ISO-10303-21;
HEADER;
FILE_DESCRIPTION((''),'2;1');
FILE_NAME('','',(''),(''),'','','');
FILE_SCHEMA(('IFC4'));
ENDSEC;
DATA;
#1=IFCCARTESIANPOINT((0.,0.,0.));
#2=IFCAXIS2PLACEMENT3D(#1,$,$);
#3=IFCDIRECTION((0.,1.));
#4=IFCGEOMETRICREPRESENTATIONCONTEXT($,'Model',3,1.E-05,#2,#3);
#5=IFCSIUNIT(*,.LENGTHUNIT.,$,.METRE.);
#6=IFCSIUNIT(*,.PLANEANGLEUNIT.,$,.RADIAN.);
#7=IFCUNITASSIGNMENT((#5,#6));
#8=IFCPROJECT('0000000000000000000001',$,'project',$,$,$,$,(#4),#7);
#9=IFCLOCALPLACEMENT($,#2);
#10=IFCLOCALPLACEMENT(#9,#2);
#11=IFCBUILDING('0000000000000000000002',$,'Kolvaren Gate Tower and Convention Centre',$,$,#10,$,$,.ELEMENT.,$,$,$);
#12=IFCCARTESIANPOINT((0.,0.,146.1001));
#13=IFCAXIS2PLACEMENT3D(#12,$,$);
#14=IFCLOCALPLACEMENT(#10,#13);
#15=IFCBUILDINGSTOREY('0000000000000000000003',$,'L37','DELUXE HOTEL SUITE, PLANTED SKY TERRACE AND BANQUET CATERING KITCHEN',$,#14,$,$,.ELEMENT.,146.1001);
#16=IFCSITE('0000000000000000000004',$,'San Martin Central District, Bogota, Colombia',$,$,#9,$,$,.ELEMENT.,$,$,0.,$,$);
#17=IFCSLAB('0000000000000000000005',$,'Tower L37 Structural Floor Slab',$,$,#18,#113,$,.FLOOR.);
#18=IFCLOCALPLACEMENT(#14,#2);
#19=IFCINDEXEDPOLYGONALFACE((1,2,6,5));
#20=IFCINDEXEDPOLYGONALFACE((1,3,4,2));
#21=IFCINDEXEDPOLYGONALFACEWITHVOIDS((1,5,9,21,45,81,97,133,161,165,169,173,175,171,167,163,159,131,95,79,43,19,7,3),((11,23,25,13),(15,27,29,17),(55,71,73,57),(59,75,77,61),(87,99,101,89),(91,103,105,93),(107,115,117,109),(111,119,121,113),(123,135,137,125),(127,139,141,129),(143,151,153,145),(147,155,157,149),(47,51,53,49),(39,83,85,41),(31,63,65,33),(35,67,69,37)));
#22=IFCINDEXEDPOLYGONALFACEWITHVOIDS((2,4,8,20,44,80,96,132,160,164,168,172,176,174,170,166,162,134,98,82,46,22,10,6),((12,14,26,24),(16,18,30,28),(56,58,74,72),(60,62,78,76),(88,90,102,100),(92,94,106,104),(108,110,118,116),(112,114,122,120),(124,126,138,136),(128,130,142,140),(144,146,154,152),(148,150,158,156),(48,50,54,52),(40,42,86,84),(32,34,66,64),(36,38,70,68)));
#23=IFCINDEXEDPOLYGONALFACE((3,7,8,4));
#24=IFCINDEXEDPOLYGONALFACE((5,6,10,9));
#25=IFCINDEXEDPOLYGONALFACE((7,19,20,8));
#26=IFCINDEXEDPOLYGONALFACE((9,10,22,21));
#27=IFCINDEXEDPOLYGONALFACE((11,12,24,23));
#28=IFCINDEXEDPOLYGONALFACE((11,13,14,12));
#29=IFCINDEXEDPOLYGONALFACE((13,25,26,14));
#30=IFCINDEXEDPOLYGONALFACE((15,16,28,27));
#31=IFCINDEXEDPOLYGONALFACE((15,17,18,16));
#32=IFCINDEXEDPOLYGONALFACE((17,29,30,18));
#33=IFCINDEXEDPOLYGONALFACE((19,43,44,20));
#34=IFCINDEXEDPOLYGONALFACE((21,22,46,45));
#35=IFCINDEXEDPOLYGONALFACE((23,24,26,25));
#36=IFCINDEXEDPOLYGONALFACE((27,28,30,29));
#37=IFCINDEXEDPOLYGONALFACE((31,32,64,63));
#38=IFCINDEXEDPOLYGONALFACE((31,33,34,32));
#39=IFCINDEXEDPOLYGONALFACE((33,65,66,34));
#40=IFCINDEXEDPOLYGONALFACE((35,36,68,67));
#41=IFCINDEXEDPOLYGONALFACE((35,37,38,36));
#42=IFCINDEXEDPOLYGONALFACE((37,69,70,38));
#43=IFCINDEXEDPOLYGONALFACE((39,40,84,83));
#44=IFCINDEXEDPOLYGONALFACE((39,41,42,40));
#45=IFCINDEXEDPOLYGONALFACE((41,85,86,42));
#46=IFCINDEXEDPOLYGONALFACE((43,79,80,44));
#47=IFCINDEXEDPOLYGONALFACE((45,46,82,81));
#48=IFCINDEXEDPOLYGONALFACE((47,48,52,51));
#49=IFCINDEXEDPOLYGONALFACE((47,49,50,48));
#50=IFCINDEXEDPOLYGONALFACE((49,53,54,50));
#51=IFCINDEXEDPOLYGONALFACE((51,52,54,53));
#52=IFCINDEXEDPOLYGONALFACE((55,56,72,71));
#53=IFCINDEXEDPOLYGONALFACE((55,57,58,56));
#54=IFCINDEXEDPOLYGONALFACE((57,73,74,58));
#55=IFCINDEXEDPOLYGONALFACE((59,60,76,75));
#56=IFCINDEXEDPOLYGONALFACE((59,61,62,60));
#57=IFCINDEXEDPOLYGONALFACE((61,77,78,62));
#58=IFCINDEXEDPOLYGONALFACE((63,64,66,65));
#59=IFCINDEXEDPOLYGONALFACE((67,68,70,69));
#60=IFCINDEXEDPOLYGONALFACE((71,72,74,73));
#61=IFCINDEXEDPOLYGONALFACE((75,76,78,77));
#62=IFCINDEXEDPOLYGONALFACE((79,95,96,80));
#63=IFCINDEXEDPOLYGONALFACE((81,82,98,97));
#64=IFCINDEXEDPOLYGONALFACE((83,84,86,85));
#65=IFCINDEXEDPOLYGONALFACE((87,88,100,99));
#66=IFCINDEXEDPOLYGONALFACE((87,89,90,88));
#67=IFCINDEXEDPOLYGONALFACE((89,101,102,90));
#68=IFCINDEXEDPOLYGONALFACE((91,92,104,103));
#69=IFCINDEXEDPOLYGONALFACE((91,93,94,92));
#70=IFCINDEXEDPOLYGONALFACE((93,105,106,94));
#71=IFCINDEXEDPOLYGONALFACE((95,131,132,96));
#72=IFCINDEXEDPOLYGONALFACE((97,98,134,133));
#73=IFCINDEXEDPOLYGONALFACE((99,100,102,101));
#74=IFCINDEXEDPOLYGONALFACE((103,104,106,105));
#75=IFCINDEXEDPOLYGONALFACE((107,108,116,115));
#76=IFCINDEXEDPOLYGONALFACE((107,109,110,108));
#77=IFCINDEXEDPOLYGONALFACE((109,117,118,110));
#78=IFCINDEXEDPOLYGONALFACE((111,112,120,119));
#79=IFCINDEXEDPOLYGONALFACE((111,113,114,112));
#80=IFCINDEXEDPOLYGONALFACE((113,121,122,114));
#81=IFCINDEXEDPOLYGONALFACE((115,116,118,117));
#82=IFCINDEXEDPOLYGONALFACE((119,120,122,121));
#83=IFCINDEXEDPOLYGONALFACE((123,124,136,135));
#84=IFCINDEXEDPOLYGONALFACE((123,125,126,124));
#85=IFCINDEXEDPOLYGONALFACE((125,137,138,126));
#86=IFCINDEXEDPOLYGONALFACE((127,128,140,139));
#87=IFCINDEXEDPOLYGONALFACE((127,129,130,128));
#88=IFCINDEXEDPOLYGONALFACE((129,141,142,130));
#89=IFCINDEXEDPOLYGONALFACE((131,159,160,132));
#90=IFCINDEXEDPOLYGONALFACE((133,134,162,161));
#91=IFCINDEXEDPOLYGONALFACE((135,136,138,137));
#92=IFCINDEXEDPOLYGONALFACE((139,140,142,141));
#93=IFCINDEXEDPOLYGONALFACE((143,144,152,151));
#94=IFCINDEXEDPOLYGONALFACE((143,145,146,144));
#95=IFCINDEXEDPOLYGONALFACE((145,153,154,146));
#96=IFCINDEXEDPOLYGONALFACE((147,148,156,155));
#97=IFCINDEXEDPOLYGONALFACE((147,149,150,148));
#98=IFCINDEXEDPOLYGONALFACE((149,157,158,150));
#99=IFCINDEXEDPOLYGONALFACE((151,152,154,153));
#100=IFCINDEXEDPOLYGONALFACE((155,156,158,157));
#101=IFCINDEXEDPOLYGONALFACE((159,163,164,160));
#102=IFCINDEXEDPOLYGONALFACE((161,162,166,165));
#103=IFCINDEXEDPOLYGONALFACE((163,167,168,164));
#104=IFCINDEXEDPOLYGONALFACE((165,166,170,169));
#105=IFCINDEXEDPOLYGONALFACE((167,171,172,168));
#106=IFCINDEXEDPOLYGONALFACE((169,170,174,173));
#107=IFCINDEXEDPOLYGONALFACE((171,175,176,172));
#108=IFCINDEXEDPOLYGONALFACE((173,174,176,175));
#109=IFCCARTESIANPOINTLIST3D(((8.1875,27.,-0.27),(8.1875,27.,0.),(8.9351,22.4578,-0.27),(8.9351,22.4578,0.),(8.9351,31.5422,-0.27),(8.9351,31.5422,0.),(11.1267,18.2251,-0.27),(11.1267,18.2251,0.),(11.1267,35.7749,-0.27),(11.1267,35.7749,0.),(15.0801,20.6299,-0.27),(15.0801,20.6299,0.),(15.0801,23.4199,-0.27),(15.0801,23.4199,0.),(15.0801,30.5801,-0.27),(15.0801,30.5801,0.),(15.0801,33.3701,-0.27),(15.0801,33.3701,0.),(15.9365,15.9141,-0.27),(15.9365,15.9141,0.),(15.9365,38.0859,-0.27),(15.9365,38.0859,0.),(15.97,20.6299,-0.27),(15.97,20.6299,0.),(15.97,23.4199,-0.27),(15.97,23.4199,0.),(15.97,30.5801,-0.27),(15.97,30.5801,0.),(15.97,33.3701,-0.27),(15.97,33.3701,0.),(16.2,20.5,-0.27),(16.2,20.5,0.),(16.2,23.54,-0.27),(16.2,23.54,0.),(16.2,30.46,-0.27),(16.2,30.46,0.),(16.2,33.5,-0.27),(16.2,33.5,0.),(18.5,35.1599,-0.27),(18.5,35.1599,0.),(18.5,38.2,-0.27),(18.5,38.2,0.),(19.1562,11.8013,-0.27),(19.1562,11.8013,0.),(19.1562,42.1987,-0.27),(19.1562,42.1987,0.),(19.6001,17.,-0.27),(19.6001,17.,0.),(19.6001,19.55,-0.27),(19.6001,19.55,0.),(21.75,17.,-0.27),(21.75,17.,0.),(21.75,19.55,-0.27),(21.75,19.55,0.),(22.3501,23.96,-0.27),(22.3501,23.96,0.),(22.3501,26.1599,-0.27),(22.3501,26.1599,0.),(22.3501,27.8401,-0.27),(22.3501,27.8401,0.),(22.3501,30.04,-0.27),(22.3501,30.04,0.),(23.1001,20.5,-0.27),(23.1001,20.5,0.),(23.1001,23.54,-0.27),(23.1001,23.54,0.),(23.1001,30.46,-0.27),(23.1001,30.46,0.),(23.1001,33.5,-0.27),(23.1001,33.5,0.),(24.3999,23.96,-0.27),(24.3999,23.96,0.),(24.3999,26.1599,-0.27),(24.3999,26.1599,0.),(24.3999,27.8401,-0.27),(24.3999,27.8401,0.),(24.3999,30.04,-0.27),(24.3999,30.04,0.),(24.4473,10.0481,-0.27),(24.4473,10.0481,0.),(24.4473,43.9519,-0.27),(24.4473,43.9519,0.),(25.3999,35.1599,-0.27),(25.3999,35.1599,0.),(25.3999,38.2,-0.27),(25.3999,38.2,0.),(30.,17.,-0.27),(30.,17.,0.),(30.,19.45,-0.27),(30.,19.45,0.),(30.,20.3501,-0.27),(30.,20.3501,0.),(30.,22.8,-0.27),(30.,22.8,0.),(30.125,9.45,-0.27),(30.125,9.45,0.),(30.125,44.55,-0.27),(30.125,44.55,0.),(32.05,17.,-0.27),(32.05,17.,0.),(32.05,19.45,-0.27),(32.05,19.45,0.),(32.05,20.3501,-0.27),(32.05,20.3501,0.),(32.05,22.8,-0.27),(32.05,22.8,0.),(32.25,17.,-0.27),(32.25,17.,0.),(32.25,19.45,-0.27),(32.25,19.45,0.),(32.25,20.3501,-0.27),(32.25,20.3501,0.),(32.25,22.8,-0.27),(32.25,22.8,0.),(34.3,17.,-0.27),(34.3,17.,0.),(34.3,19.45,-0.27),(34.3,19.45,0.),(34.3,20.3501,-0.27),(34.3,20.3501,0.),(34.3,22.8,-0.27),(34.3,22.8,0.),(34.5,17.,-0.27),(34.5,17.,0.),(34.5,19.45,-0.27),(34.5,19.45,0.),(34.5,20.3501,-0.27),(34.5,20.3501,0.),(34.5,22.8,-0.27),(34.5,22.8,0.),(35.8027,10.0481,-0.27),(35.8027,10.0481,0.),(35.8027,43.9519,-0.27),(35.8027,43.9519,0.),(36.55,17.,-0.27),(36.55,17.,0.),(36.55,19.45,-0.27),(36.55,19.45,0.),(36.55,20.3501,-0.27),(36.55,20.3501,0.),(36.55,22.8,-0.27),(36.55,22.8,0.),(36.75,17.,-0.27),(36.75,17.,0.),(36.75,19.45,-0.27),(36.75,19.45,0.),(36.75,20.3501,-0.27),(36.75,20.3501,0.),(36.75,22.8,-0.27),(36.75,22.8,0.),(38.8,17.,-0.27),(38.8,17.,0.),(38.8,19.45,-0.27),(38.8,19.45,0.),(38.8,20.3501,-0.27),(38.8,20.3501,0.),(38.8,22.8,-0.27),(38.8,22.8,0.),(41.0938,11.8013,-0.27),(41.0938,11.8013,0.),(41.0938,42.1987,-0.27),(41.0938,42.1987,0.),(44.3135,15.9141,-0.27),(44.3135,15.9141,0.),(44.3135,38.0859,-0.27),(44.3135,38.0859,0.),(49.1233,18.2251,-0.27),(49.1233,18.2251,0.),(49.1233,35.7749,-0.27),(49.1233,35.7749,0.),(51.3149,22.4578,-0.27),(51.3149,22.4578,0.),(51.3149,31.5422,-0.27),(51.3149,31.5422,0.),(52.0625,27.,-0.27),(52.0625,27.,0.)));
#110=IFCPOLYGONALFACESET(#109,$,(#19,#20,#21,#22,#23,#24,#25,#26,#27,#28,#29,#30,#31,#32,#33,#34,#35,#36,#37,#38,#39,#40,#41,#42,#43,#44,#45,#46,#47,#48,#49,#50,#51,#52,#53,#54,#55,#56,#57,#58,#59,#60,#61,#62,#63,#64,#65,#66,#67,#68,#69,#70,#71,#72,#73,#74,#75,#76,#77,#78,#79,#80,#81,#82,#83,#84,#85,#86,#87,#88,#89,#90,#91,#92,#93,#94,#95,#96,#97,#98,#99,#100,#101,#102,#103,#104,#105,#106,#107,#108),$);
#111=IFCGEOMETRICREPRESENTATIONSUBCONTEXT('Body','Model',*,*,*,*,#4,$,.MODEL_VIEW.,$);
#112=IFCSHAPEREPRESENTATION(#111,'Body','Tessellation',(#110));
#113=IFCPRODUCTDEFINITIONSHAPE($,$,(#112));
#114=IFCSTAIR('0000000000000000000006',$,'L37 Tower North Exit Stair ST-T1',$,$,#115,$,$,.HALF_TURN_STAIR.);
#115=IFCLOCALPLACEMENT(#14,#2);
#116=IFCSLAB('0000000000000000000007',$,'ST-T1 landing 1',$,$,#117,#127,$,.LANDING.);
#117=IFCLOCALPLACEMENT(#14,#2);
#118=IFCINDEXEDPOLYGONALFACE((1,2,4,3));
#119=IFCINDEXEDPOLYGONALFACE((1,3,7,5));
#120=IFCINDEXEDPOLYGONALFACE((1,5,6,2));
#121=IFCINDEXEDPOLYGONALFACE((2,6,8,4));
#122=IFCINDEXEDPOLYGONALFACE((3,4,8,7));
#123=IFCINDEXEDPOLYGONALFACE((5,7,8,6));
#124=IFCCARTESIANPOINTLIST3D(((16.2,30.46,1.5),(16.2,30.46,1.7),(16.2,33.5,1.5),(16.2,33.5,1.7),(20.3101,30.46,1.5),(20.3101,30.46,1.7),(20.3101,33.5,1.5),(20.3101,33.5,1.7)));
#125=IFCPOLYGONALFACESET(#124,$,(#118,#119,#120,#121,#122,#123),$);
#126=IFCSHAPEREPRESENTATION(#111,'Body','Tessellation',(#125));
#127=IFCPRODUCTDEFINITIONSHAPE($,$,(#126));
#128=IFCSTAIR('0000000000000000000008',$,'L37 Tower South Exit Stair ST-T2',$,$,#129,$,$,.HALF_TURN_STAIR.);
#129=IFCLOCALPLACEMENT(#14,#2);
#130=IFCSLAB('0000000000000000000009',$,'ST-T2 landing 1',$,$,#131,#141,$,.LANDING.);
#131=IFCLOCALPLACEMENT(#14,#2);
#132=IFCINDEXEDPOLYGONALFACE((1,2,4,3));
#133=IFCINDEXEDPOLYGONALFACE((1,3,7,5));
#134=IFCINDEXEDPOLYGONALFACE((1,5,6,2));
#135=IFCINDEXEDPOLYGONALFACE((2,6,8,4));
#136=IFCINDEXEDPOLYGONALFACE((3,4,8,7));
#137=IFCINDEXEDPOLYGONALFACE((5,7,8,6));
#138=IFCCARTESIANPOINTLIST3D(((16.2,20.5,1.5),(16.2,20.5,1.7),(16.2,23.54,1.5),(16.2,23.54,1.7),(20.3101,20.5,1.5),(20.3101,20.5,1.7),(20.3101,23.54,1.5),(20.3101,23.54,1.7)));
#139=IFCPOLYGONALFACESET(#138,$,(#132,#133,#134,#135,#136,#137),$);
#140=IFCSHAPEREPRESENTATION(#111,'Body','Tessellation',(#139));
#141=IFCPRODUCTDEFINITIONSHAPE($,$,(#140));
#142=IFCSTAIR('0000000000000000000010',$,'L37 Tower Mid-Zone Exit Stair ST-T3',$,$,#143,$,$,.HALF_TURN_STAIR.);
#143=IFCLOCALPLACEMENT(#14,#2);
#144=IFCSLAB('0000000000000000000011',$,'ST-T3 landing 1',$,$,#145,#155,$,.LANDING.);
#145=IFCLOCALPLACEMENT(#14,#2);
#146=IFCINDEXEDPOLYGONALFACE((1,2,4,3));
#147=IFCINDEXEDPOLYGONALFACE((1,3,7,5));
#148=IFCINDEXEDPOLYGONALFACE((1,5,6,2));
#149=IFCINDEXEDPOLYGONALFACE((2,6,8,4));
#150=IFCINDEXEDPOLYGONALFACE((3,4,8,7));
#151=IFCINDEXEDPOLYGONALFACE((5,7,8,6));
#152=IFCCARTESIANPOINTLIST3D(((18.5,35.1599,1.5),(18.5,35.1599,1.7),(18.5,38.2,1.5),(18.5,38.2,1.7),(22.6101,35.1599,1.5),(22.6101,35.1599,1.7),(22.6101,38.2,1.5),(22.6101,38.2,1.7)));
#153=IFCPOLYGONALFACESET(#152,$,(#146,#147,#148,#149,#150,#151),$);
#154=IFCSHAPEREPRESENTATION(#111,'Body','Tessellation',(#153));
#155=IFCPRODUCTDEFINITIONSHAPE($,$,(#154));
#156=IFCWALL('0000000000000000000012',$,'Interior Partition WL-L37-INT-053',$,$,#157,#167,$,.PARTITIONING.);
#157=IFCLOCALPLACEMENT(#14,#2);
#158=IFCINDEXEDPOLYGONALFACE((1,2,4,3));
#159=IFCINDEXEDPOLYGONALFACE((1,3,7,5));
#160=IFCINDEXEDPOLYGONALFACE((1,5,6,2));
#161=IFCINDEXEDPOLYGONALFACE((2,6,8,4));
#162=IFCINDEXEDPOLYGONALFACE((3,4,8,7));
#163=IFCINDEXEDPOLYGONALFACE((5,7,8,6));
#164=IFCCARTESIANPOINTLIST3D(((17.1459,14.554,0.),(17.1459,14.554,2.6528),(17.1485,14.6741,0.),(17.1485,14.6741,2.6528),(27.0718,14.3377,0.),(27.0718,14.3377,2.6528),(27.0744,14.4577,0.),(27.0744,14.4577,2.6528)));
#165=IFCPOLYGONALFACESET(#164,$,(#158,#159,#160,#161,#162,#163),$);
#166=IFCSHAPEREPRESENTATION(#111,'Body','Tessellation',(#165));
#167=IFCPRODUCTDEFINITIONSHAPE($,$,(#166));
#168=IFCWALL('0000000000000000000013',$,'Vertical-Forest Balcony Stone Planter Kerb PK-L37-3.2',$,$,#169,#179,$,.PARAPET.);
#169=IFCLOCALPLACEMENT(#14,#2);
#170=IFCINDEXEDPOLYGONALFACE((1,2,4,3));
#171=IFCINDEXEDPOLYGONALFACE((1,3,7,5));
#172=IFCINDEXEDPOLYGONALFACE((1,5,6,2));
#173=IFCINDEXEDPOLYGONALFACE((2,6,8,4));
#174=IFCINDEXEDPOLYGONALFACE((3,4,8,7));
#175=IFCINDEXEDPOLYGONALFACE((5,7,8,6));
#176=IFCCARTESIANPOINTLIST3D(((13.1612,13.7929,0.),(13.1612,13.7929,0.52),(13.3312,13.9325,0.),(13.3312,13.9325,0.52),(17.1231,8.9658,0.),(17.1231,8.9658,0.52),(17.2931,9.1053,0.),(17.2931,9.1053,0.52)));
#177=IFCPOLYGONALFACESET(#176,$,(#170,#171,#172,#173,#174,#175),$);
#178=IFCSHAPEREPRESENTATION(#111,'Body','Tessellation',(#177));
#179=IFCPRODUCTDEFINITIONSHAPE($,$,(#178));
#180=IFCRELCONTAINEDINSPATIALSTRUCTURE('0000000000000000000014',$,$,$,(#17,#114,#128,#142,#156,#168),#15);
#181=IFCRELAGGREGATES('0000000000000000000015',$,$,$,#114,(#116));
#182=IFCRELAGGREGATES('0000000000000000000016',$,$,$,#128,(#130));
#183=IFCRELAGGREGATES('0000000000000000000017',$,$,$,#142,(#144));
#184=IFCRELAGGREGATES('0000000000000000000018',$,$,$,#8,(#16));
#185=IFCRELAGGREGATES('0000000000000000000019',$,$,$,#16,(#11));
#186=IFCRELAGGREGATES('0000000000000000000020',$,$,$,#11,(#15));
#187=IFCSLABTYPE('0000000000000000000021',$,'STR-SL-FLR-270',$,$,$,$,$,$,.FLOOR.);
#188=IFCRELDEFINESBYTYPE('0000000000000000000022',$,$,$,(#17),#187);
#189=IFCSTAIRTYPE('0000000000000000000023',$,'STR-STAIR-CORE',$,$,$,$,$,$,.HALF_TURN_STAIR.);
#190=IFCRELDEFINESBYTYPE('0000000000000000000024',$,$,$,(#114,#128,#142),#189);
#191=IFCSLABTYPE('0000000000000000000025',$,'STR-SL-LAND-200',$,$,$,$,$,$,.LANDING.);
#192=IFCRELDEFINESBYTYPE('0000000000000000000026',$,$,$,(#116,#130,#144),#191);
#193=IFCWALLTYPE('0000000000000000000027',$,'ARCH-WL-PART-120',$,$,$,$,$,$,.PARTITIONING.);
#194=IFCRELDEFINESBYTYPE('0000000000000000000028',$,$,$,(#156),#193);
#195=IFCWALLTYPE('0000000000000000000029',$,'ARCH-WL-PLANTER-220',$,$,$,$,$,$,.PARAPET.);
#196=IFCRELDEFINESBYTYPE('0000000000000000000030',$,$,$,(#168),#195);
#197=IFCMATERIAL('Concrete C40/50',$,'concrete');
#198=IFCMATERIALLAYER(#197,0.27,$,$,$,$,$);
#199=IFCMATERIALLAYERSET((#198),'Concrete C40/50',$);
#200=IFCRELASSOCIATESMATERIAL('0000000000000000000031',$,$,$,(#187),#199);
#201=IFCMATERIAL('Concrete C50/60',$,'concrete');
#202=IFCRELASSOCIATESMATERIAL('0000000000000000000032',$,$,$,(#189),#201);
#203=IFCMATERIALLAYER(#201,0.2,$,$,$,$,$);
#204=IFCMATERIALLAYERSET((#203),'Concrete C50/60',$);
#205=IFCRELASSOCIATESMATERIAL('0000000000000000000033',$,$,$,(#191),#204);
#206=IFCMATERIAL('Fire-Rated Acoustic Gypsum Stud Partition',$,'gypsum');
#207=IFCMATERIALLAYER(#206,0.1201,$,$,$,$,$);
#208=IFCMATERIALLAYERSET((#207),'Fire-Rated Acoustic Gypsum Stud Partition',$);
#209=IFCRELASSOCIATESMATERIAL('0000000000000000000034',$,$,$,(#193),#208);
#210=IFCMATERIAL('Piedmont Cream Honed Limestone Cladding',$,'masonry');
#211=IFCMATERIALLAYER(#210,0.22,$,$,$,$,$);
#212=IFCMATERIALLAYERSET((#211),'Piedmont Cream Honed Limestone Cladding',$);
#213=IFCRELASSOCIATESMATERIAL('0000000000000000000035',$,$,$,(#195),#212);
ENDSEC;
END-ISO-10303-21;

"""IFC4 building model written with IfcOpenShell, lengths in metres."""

from ifc_helpers import new_model, si_unit, direction, frame, frame_2d, origin, place, context, subcontext, project, spatial, polyline, rectangle, outline, extrude, material, layer, layer_set, type_object, element, aggregate, save


model = new_model("IFC4")

# Units and contexts
model_context = context("Model", 3, precision=1e-05, world=origin(), true_north=direction((0.0, 1.0)))
body_context = subcontext(model_context, "Body", "Model", "MODEL_VIEW")
ifc_project = project(units=[si_unit("LENGTHUNIT", "METRE"), si_unit("PLANEANGLEUNIT", "RADIAN")], contexts=[model_context])

# Site, building, storey
site_placement = place(None, origin())
site = spatial("IfcSite", under=ifc_project, at=site_placement, Name="San Martin Central District, Bogota, Colombia", CompositionType="ELEMENT", RefElevation=0.0)
building_placement = place(site_placement, origin())
building = spatial("IfcBuilding", under=site, at=building_placement, Name="Kolvaren Gate Tower and Convention Centre", CompositionType="ELEMENT")
storey_placement = place(building_placement, frame((0.0, 0.0, 146.1001)))
storey = spatial("IfcBuildingStorey", under=building, at=storey_placement, Name="L37", Description="DELUXE HOTEL SUITE, PLANTED SKY TERRACE AND BANQUET CATERING KITCHEN", CompositionType="ELEMENT", Elevation=146.1001)

# Slab
ifc_material_1 = material(Name="Concrete C50/60", Category="concrete")
ifc_material_2 = material(Name="Concrete C40/50", Category="concrete")
ifc_layer_1 = layer(ifc_material_2, 0.27)
ifc_layer_set_1 = layer_set([ifc_layer_1], Name="Concrete C40/50")
slab_type_1 = type_object("IfcSlabType", Name="STR-SL-FLR-270", PredefinedType="FLOOR", material=ifc_layer_set_1)
slab_1_placement = place(storey_placement, frame((0.0, 0.0, -0.27)))
element("IfcSlab", 1, at=slab_1_placement, inside=storey, type_object=slab_type_1, Name="Tower L37 Structural Floor Slab", PredefinedType="FLOOR", context=body_context, shape_type="SweptSolid", body=[
    extrude(outline(polyline([(52.0625, 27.0), (51.3149, 31.5422), (49.1233, 35.7749), (44.3135, 38.0859), (41.0938, 42.1987), (35.8027, 43.9519), (30.125, 44.55), (24.4473, 43.9519), (19.1562, 42.1987), (15.9365, 38.0859), (11.1267, 35.7749), (8.9351, 31.5422), (8.1875, 27.0), (8.9351, 22.4578), (11.1267, 18.2251), (15.9365, 15.9141), (19.1562, 11.8013), (24.4473, 10.0481), (30.125, 9.45), (35.8027, 10.0481), (41.0938, 11.8013), (44.3135, 15.9141), (49.1233, 18.2251), (51.3149, 22.4578), (52.0625, 27.0)]), holes=[polyline([(36.75, 17.0), (36.75, 19.45), (38.8, 19.45), (38.8, 17.0), (36.75, 17.0)]), polyline([(36.75, 20.3501), (36.75, 22.8), (38.8, 22.8), (38.8, 20.3501), (36.75, 20.3501)]), polyline([(34.5, 17.0), (34.5, 19.45), (36.55, 19.45), (36.55, 17.0), (34.5, 17.0)]), polyline([(34.5, 20.3501), (34.5, 22.8), (36.55, 22.8), (36.55, 20.3501), (34.5, 20.3501)]), polyline([(32.25, 17.0), (32.25, 19.45), (34.3, 19.45), (34.3, 17.0), (32.25, 17.0)]), polyline([(32.25, 20.3501), (32.25, 22.8), (34.3, 22.8), (34.3, 20.3501), (32.25, 20.3501)]), polyline([(30.0, 17.0), (30.0, 19.45), (32.05, 19.45), (32.05, 17.0), (30.0, 17.0)]), polyline([(30.0, 20.3501), (30.0, 22.8), (32.05, 22.8), (32.05, 20.3501), (30.0, 20.3501)]), polyline([(25.3999, 38.2), (25.3999, 35.1599), (18.5, 35.1599), (18.5, 38.2), (25.3999, 38.2)]), polyline([(22.3501, 23.96), (22.3501, 26.1599), (24.3999, 26.1599), (24.3999, 23.96), (22.3501, 23.96)]), polyline([(22.3501, 27.8401), (22.3501, 30.04), (24.3999, 30.04), (24.3999, 27.8401), (22.3501, 27.8401)]), polyline([(23.1001, 23.54), (23.1001, 20.5), (16.2, 20.5), (16.2, 23.54), (23.1001, 23.54)]), polyline([(23.1001, 33.5), (23.1001, 30.46), (16.2, 30.46), (16.2, 33.5), (23.1001, 33.5)]), polyline([(19.6001, 17.0), (19.6001, 19.55), (21.75, 19.55), (21.75, 17.0), (19.6001, 17.0)]), polyline([(15.0801, 20.6299), (15.0801, 23.4199), (15.97, 23.4199), (15.97, 20.6299), (15.0801, 20.6299)]), polyline([(15.0801, 30.5801), (15.0801, 33.3701), (15.97, 33.3701), (15.97, 30.5801), (15.0801, 30.5801)])]), origin(), (0.0, 0.0, 1.0), 0.27),
])

# Stairs, slabs
stair_type = type_object("IfcStairType", Name="STR-STAIR-CORE", PredefinedType="HALF_TURN_STAIR", material=ifc_material_1)
stair_1_placement = place(storey_placement, origin())
stair_1 = element("IfcStair", 2, at=stair_1_placement, inside=storey, type_object=stair_type, Name="L37 Tower North Exit Stair ST-T1", PredefinedType="HALF_TURN_STAIR")
ifc_layer_2 = layer(ifc_material_1, 0.2)
ifc_layer_set_2 = layer_set([ifc_layer_2], Name="Concrete C50/60")
slab_type_2 = type_object("IfcSlabType", Name="STR-SL-LAND-200", PredefinedType="LANDING", material=ifc_layer_set_2)
slab_2_placement = place(storey_placement, frame((0.0, 0.0, 1.5)))
slab_2 = element("IfcSlab", 3, at=slab_2_placement, type_object=slab_type_2, Name="ST-T1 landing 1", PredefinedType="LANDING", context=body_context, shape_type="SweptSolid", body=[
    extrude(outline(polyline([(20.3101, 33.5), (16.2, 33.5), (16.2, 30.46), (20.3101, 30.46), (20.3101, 33.5)])), origin(), (0.0, 0.0, 1.0), 0.2),
])
aggregate(stair_1, [slab_2])
stair_2_placement = place(storey_placement, origin())
stair_2 = element("IfcStair", 4, at=stair_2_placement, inside=storey, type_object=stair_type, Name="L37 Tower South Exit Stair ST-T2", PredefinedType="HALF_TURN_STAIR")
slab_3_placement = place(storey_placement, frame((0.0, 0.0, 1.5)))
slab_3 = element("IfcSlab", 5, at=slab_3_placement, type_object=slab_type_2, Name="ST-T2 landing 1", PredefinedType="LANDING", context=body_context, shape_type="SweptSolid", body=[
    extrude(outline(polyline([(20.3101, 23.54), (16.2, 23.54), (16.2, 20.5), (20.3101, 20.5), (20.3101, 23.54)])), origin(), (0.0, 0.0, 1.0), 0.2),
])
aggregate(stair_2, [slab_3])
stair_3_placement = place(storey_placement, origin())
stair_3 = element("IfcStair", 6, at=stair_3_placement, inside=storey, type_object=stair_type, Name="L37 Tower Mid-Zone Exit Stair ST-T3", PredefinedType="HALF_TURN_STAIR")
slab_4_placement = place(storey_placement, frame((0.0, 0.0, 1.5)))
slab_4 = element("IfcSlab", 7, at=slab_4_placement, type_object=slab_type_2, Name="ST-T3 landing 1", PredefinedType="LANDING", context=body_context, shape_type="SweptSolid", body=[
    extrude(outline(polyline([(22.6101, 38.2), (18.5, 38.2), (18.5, 35.1599), (22.6101, 35.1599), (22.6101, 38.2)])), origin(), (0.0, 0.0, 1.0), 0.2),
])
aggregate(stair_3, [slab_4])

# Walls
ifc_material_3 = material(Name="Fire-Rated Acoustic Gypsum Stud Partition", Category="gypsum")
ifc_layer_3 = layer(ifc_material_3, 0.1201)
ifc_layer_set_3 = layer_set([ifc_layer_3], Name="Fire-Rated Acoustic Gypsum Stud Partition")
wall_type_1 = type_object("IfcWallType", Name="ARCH-WL-PART-120", PredefinedType="PARTITIONING", material=ifc_layer_set_3)
wall_1_placement = place(storey_placement, frame((17.1472, 14.614, 0.0), z_axis=(0.0, 0.0, 1.0), x_axis=(0.999763, -0.021787, 0.0)))
element("IfcWall", 8, at=wall_1_placement, inside=storey, type_object=wall_type_1, Name="Interior Partition WL-L37-INT-053", PredefinedType="PARTITIONING", context=body_context, shape_type="SweptSolid", body=[
    extrude(rectangle(XDim=9.9282, YDim=0.1201, at=frame_2d((4.9641, 0.0))), origin(), (0.0, 0.0, 1.0), 2.6528),
])
ifc_material_4 = material(Name="Piedmont Cream Honed Limestone Cladding", Category="masonry")
ifc_layer_4 = layer(ifc_material_4, 0.22)
ifc_layer_set_4 = layer_set([ifc_layer_4], Name="Piedmont Cream Honed Limestone Cladding")
wall_type_2 = type_object("IfcWallType", Name="ARCH-WL-PLANTER-220", PredefinedType="PARAPET", material=ifc_layer_set_4)
wall_2_placement = place(storey_placement, frame((13.2461, 13.8628, 0.0), z_axis=(0.0, 0.0, 1.0), x_axis=(0.634429, -0.772981, 0.0)))
element("IfcWall", 9, at=wall_2_placement, inside=storey, type_object=wall_type_2, Name="Vertical-Forest Balcony Stone Planter Kerb PK-L37-3.2", PredefinedType="PARAPET", context=body_context, shape_type="SweptSolid", body=[
    extrude(rectangle(XDim=6.2449, YDim=0.22, at=frame_2d((3.1226, 0.0))), origin(), (0.0, 0.0, 1.0), 0.52),
])

save(model, "model.ifc")
